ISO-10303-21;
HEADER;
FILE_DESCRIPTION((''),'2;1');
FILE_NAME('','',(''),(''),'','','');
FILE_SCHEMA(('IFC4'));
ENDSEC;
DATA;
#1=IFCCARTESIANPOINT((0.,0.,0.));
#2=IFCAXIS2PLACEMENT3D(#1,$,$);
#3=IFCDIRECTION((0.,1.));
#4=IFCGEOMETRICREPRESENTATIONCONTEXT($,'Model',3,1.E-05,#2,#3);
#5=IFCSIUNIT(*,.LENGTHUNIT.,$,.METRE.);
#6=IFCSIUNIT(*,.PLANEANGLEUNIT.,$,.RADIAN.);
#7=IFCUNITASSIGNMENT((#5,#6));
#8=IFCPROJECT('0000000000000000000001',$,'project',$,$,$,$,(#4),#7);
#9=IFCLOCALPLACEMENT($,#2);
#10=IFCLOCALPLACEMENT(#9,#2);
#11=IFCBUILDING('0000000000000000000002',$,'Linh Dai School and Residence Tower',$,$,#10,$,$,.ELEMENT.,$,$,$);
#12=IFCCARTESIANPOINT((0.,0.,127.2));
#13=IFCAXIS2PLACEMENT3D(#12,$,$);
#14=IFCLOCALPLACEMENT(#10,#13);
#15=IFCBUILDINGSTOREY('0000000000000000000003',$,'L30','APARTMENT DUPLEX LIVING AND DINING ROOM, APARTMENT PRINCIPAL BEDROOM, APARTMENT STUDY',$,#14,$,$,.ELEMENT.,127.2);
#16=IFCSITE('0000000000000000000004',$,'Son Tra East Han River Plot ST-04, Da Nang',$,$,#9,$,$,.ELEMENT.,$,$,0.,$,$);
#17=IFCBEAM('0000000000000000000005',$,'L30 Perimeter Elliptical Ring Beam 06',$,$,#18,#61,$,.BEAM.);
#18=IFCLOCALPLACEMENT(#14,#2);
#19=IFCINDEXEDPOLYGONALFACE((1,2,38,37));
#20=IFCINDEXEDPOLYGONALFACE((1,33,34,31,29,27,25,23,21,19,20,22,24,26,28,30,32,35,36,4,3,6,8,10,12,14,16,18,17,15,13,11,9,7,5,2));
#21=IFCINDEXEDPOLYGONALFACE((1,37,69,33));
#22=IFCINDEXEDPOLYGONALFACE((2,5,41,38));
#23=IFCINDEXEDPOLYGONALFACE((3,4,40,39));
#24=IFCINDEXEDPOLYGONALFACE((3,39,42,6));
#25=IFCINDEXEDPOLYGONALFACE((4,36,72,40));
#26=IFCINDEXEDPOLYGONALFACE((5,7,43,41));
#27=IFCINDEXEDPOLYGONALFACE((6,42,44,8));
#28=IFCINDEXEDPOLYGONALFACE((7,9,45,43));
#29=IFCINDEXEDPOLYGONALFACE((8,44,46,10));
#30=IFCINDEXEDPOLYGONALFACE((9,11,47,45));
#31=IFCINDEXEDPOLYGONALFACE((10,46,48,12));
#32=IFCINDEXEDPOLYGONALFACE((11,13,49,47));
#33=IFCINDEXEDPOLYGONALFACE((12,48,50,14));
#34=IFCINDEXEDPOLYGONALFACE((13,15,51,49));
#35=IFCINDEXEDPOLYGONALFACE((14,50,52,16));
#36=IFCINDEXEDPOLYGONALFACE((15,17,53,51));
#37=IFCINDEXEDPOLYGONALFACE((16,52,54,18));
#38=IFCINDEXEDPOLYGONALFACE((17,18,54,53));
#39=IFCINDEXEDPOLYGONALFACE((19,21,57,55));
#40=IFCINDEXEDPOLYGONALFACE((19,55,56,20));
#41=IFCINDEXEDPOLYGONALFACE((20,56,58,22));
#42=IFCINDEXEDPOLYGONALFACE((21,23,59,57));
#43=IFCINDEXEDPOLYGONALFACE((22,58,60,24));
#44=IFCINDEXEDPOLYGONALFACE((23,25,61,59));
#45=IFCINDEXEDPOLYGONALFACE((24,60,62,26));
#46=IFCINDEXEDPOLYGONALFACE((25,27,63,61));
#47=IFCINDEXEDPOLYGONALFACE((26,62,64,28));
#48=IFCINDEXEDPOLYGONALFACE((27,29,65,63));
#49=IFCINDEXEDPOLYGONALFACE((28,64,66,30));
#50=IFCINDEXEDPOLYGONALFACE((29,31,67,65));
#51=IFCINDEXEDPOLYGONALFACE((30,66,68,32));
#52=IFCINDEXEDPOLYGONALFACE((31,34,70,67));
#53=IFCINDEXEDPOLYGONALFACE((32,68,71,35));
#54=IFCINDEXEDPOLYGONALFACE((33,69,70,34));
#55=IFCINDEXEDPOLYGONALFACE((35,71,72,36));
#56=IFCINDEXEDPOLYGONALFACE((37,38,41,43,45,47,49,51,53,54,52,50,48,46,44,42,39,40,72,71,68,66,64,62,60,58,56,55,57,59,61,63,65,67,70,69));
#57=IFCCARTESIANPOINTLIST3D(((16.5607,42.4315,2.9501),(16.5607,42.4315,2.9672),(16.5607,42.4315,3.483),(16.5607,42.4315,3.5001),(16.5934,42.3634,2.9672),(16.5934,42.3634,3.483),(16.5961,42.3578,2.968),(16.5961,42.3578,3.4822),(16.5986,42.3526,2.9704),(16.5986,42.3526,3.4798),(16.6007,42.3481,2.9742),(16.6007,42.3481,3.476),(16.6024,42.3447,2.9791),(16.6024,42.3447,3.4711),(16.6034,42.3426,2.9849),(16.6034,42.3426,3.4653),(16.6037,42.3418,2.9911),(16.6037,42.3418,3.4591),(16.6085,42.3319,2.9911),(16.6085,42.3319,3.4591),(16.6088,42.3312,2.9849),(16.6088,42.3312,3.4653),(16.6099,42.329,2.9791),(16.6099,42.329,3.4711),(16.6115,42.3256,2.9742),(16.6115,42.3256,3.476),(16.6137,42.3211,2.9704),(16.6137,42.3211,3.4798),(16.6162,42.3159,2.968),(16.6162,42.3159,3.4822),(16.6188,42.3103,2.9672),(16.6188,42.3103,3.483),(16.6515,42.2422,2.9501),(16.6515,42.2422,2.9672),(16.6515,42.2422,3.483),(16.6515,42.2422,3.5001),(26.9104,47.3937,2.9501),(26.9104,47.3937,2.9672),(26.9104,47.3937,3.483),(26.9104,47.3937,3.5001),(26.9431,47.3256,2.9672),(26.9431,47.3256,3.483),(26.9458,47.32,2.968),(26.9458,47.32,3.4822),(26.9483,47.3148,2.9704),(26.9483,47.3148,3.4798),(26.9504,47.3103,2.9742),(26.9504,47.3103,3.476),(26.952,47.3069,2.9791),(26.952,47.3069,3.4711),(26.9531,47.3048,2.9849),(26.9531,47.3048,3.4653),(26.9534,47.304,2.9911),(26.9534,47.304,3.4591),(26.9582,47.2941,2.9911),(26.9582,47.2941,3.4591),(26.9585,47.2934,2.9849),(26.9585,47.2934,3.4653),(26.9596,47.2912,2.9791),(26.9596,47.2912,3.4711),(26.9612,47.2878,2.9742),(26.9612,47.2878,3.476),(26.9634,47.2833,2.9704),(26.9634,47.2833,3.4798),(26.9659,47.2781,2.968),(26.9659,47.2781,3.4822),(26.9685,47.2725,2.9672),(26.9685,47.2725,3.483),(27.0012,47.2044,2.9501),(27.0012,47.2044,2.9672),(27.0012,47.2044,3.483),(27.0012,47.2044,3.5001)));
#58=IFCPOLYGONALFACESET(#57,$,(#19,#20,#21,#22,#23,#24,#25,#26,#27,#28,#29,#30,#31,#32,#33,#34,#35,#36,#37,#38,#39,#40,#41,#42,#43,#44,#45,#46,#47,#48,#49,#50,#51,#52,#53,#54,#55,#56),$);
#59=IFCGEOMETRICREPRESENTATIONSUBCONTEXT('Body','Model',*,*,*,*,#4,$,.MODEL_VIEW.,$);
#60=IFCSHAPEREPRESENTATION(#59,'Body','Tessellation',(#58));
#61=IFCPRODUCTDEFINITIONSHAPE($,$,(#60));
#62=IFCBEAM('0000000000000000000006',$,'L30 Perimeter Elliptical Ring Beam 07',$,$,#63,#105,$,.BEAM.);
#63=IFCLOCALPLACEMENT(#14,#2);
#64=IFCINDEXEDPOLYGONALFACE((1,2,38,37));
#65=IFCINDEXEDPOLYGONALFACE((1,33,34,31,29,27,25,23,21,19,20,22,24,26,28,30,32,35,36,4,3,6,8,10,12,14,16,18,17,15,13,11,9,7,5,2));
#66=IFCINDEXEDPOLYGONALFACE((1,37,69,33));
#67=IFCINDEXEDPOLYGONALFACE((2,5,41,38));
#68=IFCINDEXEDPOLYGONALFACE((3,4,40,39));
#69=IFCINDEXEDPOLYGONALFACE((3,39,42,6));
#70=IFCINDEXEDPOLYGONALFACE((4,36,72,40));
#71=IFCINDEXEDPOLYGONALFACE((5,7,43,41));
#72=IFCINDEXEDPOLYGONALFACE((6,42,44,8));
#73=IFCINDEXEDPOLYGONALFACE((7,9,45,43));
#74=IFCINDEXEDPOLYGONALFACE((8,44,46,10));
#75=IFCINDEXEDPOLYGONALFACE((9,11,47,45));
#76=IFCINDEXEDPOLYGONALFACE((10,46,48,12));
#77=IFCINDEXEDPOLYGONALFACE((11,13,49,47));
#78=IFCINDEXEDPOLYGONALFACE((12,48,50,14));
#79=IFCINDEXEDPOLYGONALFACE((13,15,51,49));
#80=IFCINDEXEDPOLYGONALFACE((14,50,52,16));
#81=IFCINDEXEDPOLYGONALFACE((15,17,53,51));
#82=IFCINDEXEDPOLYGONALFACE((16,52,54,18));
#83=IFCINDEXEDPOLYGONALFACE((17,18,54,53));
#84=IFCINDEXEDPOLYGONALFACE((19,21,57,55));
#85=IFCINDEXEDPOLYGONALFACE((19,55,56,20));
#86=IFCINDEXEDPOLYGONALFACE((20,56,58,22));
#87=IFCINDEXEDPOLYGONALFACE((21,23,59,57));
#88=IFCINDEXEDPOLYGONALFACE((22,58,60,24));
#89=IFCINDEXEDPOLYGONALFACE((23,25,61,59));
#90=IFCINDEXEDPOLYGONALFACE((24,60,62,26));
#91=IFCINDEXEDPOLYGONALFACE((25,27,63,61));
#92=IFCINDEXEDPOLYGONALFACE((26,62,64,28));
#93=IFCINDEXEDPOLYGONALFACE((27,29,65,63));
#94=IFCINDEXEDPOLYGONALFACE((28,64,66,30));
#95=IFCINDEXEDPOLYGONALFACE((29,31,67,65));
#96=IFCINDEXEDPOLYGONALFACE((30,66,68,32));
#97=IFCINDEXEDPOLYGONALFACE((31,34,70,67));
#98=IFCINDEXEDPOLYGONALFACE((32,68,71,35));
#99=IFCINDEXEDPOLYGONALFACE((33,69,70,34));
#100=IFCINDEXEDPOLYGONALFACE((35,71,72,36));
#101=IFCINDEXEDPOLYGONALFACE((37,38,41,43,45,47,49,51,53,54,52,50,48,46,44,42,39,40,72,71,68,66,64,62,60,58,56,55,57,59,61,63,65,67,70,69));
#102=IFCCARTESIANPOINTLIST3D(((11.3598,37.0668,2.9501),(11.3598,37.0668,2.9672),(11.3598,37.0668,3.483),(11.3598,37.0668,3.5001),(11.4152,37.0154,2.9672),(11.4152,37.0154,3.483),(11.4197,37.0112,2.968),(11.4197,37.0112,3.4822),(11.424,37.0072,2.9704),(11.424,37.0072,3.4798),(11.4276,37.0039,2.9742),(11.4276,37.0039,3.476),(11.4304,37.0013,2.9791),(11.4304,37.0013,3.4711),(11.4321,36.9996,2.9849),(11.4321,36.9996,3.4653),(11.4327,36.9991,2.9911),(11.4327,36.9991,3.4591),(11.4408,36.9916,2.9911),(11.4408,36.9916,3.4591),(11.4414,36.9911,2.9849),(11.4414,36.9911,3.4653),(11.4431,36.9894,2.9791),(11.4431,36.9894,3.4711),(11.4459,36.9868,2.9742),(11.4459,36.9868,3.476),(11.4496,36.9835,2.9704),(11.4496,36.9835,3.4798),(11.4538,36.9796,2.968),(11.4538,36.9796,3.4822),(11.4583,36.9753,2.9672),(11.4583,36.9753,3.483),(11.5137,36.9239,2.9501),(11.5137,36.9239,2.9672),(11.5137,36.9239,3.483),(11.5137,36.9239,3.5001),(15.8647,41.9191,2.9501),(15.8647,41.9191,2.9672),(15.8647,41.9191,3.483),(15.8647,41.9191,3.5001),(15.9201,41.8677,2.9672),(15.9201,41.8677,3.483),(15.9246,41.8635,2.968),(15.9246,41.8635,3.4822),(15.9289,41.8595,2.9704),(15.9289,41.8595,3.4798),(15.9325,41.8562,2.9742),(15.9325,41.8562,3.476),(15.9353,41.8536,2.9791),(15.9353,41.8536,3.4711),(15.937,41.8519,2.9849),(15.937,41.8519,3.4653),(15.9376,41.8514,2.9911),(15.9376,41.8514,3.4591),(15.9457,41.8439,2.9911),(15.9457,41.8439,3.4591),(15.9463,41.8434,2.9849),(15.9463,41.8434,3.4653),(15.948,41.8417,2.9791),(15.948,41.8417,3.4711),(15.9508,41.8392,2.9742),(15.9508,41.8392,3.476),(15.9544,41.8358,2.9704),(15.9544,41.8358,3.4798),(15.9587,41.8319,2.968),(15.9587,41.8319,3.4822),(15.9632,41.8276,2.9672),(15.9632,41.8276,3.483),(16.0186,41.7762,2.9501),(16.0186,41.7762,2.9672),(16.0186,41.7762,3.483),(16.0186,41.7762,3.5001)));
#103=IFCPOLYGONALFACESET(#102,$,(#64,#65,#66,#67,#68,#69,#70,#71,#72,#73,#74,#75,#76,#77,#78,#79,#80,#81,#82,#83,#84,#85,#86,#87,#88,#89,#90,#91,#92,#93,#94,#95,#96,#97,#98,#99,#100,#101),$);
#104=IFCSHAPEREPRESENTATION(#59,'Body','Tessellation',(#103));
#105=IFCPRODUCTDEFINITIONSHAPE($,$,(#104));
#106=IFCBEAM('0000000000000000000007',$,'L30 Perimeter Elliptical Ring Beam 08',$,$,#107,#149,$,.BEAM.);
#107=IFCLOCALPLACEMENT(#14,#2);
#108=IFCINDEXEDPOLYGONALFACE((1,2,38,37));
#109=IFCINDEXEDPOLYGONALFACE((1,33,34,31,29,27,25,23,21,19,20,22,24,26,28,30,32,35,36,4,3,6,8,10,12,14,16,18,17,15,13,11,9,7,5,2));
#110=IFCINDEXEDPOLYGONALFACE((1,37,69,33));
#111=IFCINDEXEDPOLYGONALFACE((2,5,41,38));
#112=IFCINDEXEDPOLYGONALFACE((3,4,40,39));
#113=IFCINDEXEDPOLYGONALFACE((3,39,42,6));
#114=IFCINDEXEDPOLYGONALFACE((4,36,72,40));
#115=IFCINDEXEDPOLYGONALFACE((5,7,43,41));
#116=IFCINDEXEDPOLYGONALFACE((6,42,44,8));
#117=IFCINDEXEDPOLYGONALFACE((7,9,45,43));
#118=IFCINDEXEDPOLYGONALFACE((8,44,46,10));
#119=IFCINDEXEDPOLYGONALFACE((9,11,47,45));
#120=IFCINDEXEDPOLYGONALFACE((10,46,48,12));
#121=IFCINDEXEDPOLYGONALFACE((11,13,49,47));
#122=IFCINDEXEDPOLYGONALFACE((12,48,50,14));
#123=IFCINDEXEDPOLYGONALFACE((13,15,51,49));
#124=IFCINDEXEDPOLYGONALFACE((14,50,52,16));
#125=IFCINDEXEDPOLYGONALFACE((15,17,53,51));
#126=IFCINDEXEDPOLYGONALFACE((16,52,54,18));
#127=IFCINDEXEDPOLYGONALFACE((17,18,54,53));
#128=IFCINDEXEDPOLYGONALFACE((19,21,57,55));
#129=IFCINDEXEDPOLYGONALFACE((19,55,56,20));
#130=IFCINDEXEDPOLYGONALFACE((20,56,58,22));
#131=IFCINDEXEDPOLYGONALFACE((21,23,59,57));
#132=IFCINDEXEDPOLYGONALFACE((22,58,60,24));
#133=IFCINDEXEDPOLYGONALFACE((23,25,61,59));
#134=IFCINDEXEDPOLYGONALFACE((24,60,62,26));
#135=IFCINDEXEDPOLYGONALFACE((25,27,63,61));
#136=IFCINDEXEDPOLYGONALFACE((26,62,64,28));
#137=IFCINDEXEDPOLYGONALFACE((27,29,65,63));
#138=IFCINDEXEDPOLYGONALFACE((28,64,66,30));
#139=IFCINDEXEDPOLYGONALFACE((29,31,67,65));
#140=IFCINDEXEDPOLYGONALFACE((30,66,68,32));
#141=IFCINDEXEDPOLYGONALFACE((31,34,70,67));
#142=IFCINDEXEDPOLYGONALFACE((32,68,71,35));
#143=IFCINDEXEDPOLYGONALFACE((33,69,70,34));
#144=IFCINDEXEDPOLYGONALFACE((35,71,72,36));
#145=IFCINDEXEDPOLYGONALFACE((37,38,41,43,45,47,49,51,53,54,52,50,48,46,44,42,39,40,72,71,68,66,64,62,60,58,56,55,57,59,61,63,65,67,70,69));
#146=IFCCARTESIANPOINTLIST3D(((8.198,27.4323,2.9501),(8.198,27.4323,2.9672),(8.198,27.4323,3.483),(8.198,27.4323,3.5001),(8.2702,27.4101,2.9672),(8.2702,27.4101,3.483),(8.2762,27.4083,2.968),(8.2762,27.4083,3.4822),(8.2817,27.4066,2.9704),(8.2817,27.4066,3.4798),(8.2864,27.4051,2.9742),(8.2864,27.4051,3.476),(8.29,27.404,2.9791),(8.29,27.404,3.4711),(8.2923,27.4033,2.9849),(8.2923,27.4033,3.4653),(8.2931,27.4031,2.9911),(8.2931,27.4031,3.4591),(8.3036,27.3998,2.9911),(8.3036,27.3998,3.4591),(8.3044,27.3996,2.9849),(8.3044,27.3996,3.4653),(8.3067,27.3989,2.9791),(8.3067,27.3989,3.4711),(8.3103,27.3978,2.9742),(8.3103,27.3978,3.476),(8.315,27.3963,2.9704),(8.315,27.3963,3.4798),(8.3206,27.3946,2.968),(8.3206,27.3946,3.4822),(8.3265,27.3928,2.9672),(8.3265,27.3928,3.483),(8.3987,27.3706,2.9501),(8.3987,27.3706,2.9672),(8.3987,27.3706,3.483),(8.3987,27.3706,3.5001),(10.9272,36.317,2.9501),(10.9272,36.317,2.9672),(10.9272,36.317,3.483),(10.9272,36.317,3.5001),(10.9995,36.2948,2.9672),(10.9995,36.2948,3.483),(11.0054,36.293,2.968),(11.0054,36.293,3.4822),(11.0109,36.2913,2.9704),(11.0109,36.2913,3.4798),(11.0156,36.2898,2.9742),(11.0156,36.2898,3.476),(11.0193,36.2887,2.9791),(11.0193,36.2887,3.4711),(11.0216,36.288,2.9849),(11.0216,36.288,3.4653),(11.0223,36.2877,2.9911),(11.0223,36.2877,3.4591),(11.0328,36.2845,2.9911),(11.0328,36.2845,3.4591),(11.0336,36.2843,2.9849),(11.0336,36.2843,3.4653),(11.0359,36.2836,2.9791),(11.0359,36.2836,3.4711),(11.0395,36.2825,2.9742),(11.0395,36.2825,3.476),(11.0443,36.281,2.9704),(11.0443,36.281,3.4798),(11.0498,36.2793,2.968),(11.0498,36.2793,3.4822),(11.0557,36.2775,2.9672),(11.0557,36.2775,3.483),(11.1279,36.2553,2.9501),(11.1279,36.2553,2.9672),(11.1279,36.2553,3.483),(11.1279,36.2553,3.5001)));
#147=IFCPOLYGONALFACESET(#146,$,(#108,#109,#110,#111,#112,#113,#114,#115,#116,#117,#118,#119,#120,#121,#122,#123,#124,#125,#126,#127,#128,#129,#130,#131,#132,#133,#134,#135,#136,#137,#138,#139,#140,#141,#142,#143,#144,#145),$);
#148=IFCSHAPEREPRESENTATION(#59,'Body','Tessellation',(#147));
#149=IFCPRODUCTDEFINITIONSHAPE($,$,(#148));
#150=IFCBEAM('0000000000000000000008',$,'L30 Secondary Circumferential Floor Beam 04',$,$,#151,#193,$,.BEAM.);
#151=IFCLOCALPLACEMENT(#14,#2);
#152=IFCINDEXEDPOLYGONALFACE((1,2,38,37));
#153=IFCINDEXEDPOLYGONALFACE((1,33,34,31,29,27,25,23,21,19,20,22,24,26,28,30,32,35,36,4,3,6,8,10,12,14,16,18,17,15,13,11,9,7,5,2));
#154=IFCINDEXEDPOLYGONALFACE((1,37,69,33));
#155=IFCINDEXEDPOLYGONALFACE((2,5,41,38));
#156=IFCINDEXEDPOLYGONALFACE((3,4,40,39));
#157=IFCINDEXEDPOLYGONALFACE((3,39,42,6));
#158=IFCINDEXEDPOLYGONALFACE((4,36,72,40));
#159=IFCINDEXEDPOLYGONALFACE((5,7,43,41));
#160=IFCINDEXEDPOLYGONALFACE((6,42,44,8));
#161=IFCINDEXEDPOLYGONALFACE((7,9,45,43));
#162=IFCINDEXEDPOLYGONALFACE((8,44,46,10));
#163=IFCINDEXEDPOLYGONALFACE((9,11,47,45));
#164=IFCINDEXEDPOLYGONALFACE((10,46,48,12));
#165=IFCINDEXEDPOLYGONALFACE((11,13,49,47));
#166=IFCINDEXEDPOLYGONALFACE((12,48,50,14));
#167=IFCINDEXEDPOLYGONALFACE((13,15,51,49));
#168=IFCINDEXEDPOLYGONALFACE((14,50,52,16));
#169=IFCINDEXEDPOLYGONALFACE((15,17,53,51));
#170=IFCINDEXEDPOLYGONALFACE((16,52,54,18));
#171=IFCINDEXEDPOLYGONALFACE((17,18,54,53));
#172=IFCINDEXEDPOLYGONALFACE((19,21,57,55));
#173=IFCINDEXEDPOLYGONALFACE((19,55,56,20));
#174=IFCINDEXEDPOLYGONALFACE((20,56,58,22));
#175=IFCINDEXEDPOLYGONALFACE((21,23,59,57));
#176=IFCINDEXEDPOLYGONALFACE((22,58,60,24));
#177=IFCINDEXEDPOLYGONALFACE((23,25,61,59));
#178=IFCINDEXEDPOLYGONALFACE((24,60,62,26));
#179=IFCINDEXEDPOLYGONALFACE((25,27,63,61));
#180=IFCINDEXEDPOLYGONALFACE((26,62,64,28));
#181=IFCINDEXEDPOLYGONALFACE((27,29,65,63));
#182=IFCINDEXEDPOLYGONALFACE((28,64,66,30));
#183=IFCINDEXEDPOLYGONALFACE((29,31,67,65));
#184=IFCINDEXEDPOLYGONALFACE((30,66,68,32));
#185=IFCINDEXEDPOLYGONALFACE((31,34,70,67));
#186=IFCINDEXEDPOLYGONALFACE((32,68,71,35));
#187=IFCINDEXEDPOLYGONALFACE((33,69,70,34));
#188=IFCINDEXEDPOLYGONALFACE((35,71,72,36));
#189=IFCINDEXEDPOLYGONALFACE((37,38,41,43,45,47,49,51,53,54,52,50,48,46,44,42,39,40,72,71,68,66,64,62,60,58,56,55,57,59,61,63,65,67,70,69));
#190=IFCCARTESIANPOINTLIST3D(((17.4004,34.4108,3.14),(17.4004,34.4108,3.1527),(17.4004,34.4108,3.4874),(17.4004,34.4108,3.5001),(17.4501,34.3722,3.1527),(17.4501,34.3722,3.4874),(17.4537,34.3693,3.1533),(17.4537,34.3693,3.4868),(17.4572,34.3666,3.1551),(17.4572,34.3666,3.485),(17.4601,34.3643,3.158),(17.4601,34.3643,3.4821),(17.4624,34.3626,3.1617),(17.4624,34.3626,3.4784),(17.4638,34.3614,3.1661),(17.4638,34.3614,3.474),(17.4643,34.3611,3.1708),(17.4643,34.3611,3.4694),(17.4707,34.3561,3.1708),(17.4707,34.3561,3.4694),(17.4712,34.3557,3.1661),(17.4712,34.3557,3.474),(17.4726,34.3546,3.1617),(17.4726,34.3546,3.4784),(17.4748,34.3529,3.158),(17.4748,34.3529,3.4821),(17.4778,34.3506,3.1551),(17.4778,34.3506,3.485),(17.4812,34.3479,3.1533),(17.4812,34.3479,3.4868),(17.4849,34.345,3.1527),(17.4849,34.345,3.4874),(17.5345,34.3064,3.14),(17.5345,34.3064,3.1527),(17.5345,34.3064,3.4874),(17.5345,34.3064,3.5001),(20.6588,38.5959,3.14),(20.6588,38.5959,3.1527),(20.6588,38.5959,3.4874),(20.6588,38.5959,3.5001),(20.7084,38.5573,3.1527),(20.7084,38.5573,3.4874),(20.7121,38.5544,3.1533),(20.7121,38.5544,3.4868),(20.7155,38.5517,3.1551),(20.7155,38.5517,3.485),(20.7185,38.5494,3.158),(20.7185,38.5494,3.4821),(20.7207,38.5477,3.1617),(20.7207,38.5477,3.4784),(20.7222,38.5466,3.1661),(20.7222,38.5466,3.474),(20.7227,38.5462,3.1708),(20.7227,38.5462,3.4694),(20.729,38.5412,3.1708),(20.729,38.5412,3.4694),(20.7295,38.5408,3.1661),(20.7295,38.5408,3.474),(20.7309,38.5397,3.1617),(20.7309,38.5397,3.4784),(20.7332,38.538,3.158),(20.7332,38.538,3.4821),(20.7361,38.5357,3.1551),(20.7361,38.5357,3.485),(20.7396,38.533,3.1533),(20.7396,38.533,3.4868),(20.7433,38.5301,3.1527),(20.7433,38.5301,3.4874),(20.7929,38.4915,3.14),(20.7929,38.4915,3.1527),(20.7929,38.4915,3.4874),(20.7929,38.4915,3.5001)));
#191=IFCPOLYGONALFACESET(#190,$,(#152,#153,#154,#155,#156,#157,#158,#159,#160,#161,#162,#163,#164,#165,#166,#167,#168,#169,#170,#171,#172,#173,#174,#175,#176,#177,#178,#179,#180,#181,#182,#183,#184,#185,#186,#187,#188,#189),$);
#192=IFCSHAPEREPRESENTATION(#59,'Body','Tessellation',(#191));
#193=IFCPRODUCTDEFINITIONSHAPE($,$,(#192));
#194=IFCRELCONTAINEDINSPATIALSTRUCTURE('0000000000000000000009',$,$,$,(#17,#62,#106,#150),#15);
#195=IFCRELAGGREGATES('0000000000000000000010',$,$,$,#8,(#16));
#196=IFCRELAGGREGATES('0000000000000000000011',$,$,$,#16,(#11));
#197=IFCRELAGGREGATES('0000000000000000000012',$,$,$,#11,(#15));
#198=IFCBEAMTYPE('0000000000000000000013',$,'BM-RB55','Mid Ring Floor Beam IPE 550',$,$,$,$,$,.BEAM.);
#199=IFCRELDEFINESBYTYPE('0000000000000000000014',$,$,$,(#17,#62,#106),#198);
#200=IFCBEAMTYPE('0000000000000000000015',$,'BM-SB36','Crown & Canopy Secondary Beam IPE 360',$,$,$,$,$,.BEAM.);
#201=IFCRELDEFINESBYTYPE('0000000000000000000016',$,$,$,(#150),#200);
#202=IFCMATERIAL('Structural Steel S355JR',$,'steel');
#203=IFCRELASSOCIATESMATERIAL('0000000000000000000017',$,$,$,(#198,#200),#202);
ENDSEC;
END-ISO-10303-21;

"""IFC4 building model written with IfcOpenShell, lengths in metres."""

from ifc_helpers import new_model, si_unit, direction, frame, origin, origin_2d, place, context, subcontext, project, spatial, i_section, extrude, material, material_profile, profile_set, type_object, element, save


model = new_model("IFC4")

# Units and contexts
model_context = context("Model", 3, precision=1e-05, world=origin(), true_north=direction((0.0, 1.0)))
body_context = subcontext(model_context, "Body", "Model", "MODEL_VIEW")
ifc_project = project(units=[si_unit("LENGTHUNIT", "METRE"), si_unit("PLANEANGLEUNIT", "RADIAN")], contexts=[model_context])

# Site, building, storey
site_placement = place(None, origin())
site = spatial("IfcSite", under=ifc_project, at=site_placement, Name="Son Tra East Han River Plot ST-04, Da Nang", CompositionType="ELEMENT", RefElevation=0.0)
building_placement = place(site_placement, origin())
building = spatial("IfcBuilding", under=site, at=building_placement, Name="Linh Dai School and Residence Tower", CompositionType="ELEMENT")
storey_placement = place(building_placement, frame((0.0, 0.0, 127.2)))
storey = spatial("IfcBuildingStorey", under=building, at=storey_placement, Name="L30", Description="APARTMENT DUPLEX LIVING AND DINING ROOM, APARTMENT PRINCIPAL BEDROOM, APARTMENT STUDY", CompositionType="ELEMENT", Elevation=127.2)

# Shared definitions
ifc_material_1 = material(Name="Structural Steel S355JR", Category="steel")

# Beams
ifc_material_profile_1 = material_profile(ifc_material_1, i_section(OverallWidth=0.21, OverallDepth=0.55, WebThickness=0.011, FlangeThickness=0.0171, FilletRadius=0.0239, at=origin_2d()), Name="IPE 550")
ifc_profile_set_1 = profile_set([ifc_material_profile_1], Name="Structural Steel S355JR")
beam_type_1 = type_object("IfcBeamType", Name="BM-RB55", Description="Mid Ring Floor Beam IPE 550", PredefinedType="BEAM", material=ifc_profile_set_1)
beam_1_placement = place(storey_placement, frame((26.9558, 47.2991, 3.2251), z_axis=(-0.901715, -0.432331, 0.0), x_axis=(0.432331, -0.901715, 0.0)))
element("IfcBeam", 1, at=beam_1_placement, inside=storey, type_object=beam_type_1, Name="L30 Perimeter Elliptical Ring Beam 06", PredefinedType="BEAM", context=body_context, shape_type="SweptSolid", body=[
    extrude(i_section(OverallWidth=0.21, OverallDepth=0.55, WebThickness=0.011, FlangeThickness=0.0171, FilletRadius=0.0239, at=origin_2d()), origin(), (0.0, 0.0, 1.0), 11.4778),
])
beam_2_placement = place(storey_placement, frame((15.9417, 41.8477, 3.2251), z_axis=(-0.680385, -0.732855, 0.0), x_axis=(0.732855, -0.680385, 0.0)))
element("IfcBeam", 2, at=beam_2_placement, inside=storey, type_object=beam_type_1, Name="L30 Perimeter Elliptical Ring Beam 07", PredefinedType="BEAM", context=body_context, shape_type="SweptSolid", body=[
    extrude(i_section(OverallWidth=0.21, OverallDepth=0.55, WebThickness=0.011, FlangeThickness=0.0171, FilletRadius=0.0239, at=origin_2d()), origin(), (0.0, 0.0, 1.0), 6.6211),
])
beam_3_placement = place(storey_placement, frame((11.0276, 36.2861, 3.2251), z_axis=(-0.293641, -0.955916, 0.0), x_axis=(0.955916, -0.293641, 0.0)))
element("IfcBeam", 3, at=beam_3_placement, inside=storey, type_object=beam_type_1, Name="L30 Perimeter Elliptical Ring Beam 08", PredefinedType="BEAM", context=body_context, shape_type="SweptSolid", body=[
    extrude(i_section(OverallWidth=0.21, OverallDepth=0.55, WebThickness=0.011, FlangeThickness=0.0171, FilletRadius=0.0239, at=origin_2d()), origin(), (0.0, 0.0, 1.0), 9.2944),
])
ifc_material_profile_2 = material_profile(ifc_material_1, i_section(OverallWidth=0.1699, OverallDepth=0.3601, WebThickness=0.0081, FlangeThickness=0.0127, FilletRadius=0.0181, at=origin_2d()), Name="IPE 360")
ifc_profile_set_2 = profile_set([ifc_material_profile_2], Name="Structural Steel S355JR")
beam_type_2 = type_object("IfcBeamType", Name="BM-SB36", Description="Crown & Canopy Secondary Beam IPE 360", PredefinedType="BEAM", material=ifc_profile_set_2)
beam_4_placement = place(storey_placement, frame((20.7258, 38.5437, 3.3201), z_axis=(-0.614323, -0.789055, 0.0), x_axis=(0.789055, -0.614323, 0.0)))
element("IfcBeam", 4, at=beam_4_placement, inside=storey, type_object=beam_type_2, Name="L30 Secondary Circumferential Floor Beam 04", PredefinedType="BEAM", context=body_context, shape_type="SweptSolid", body=[
    extrude(i_section(OverallWidth=0.1699, OverallDepth=0.3601, WebThickness=0.0081, FlangeThickness=0.0127, FilletRadius=0.0181, at=origin_2d()), origin(), (0.0, 0.0, 1.0), 5.304),
])

save(model, "model.ifc")
